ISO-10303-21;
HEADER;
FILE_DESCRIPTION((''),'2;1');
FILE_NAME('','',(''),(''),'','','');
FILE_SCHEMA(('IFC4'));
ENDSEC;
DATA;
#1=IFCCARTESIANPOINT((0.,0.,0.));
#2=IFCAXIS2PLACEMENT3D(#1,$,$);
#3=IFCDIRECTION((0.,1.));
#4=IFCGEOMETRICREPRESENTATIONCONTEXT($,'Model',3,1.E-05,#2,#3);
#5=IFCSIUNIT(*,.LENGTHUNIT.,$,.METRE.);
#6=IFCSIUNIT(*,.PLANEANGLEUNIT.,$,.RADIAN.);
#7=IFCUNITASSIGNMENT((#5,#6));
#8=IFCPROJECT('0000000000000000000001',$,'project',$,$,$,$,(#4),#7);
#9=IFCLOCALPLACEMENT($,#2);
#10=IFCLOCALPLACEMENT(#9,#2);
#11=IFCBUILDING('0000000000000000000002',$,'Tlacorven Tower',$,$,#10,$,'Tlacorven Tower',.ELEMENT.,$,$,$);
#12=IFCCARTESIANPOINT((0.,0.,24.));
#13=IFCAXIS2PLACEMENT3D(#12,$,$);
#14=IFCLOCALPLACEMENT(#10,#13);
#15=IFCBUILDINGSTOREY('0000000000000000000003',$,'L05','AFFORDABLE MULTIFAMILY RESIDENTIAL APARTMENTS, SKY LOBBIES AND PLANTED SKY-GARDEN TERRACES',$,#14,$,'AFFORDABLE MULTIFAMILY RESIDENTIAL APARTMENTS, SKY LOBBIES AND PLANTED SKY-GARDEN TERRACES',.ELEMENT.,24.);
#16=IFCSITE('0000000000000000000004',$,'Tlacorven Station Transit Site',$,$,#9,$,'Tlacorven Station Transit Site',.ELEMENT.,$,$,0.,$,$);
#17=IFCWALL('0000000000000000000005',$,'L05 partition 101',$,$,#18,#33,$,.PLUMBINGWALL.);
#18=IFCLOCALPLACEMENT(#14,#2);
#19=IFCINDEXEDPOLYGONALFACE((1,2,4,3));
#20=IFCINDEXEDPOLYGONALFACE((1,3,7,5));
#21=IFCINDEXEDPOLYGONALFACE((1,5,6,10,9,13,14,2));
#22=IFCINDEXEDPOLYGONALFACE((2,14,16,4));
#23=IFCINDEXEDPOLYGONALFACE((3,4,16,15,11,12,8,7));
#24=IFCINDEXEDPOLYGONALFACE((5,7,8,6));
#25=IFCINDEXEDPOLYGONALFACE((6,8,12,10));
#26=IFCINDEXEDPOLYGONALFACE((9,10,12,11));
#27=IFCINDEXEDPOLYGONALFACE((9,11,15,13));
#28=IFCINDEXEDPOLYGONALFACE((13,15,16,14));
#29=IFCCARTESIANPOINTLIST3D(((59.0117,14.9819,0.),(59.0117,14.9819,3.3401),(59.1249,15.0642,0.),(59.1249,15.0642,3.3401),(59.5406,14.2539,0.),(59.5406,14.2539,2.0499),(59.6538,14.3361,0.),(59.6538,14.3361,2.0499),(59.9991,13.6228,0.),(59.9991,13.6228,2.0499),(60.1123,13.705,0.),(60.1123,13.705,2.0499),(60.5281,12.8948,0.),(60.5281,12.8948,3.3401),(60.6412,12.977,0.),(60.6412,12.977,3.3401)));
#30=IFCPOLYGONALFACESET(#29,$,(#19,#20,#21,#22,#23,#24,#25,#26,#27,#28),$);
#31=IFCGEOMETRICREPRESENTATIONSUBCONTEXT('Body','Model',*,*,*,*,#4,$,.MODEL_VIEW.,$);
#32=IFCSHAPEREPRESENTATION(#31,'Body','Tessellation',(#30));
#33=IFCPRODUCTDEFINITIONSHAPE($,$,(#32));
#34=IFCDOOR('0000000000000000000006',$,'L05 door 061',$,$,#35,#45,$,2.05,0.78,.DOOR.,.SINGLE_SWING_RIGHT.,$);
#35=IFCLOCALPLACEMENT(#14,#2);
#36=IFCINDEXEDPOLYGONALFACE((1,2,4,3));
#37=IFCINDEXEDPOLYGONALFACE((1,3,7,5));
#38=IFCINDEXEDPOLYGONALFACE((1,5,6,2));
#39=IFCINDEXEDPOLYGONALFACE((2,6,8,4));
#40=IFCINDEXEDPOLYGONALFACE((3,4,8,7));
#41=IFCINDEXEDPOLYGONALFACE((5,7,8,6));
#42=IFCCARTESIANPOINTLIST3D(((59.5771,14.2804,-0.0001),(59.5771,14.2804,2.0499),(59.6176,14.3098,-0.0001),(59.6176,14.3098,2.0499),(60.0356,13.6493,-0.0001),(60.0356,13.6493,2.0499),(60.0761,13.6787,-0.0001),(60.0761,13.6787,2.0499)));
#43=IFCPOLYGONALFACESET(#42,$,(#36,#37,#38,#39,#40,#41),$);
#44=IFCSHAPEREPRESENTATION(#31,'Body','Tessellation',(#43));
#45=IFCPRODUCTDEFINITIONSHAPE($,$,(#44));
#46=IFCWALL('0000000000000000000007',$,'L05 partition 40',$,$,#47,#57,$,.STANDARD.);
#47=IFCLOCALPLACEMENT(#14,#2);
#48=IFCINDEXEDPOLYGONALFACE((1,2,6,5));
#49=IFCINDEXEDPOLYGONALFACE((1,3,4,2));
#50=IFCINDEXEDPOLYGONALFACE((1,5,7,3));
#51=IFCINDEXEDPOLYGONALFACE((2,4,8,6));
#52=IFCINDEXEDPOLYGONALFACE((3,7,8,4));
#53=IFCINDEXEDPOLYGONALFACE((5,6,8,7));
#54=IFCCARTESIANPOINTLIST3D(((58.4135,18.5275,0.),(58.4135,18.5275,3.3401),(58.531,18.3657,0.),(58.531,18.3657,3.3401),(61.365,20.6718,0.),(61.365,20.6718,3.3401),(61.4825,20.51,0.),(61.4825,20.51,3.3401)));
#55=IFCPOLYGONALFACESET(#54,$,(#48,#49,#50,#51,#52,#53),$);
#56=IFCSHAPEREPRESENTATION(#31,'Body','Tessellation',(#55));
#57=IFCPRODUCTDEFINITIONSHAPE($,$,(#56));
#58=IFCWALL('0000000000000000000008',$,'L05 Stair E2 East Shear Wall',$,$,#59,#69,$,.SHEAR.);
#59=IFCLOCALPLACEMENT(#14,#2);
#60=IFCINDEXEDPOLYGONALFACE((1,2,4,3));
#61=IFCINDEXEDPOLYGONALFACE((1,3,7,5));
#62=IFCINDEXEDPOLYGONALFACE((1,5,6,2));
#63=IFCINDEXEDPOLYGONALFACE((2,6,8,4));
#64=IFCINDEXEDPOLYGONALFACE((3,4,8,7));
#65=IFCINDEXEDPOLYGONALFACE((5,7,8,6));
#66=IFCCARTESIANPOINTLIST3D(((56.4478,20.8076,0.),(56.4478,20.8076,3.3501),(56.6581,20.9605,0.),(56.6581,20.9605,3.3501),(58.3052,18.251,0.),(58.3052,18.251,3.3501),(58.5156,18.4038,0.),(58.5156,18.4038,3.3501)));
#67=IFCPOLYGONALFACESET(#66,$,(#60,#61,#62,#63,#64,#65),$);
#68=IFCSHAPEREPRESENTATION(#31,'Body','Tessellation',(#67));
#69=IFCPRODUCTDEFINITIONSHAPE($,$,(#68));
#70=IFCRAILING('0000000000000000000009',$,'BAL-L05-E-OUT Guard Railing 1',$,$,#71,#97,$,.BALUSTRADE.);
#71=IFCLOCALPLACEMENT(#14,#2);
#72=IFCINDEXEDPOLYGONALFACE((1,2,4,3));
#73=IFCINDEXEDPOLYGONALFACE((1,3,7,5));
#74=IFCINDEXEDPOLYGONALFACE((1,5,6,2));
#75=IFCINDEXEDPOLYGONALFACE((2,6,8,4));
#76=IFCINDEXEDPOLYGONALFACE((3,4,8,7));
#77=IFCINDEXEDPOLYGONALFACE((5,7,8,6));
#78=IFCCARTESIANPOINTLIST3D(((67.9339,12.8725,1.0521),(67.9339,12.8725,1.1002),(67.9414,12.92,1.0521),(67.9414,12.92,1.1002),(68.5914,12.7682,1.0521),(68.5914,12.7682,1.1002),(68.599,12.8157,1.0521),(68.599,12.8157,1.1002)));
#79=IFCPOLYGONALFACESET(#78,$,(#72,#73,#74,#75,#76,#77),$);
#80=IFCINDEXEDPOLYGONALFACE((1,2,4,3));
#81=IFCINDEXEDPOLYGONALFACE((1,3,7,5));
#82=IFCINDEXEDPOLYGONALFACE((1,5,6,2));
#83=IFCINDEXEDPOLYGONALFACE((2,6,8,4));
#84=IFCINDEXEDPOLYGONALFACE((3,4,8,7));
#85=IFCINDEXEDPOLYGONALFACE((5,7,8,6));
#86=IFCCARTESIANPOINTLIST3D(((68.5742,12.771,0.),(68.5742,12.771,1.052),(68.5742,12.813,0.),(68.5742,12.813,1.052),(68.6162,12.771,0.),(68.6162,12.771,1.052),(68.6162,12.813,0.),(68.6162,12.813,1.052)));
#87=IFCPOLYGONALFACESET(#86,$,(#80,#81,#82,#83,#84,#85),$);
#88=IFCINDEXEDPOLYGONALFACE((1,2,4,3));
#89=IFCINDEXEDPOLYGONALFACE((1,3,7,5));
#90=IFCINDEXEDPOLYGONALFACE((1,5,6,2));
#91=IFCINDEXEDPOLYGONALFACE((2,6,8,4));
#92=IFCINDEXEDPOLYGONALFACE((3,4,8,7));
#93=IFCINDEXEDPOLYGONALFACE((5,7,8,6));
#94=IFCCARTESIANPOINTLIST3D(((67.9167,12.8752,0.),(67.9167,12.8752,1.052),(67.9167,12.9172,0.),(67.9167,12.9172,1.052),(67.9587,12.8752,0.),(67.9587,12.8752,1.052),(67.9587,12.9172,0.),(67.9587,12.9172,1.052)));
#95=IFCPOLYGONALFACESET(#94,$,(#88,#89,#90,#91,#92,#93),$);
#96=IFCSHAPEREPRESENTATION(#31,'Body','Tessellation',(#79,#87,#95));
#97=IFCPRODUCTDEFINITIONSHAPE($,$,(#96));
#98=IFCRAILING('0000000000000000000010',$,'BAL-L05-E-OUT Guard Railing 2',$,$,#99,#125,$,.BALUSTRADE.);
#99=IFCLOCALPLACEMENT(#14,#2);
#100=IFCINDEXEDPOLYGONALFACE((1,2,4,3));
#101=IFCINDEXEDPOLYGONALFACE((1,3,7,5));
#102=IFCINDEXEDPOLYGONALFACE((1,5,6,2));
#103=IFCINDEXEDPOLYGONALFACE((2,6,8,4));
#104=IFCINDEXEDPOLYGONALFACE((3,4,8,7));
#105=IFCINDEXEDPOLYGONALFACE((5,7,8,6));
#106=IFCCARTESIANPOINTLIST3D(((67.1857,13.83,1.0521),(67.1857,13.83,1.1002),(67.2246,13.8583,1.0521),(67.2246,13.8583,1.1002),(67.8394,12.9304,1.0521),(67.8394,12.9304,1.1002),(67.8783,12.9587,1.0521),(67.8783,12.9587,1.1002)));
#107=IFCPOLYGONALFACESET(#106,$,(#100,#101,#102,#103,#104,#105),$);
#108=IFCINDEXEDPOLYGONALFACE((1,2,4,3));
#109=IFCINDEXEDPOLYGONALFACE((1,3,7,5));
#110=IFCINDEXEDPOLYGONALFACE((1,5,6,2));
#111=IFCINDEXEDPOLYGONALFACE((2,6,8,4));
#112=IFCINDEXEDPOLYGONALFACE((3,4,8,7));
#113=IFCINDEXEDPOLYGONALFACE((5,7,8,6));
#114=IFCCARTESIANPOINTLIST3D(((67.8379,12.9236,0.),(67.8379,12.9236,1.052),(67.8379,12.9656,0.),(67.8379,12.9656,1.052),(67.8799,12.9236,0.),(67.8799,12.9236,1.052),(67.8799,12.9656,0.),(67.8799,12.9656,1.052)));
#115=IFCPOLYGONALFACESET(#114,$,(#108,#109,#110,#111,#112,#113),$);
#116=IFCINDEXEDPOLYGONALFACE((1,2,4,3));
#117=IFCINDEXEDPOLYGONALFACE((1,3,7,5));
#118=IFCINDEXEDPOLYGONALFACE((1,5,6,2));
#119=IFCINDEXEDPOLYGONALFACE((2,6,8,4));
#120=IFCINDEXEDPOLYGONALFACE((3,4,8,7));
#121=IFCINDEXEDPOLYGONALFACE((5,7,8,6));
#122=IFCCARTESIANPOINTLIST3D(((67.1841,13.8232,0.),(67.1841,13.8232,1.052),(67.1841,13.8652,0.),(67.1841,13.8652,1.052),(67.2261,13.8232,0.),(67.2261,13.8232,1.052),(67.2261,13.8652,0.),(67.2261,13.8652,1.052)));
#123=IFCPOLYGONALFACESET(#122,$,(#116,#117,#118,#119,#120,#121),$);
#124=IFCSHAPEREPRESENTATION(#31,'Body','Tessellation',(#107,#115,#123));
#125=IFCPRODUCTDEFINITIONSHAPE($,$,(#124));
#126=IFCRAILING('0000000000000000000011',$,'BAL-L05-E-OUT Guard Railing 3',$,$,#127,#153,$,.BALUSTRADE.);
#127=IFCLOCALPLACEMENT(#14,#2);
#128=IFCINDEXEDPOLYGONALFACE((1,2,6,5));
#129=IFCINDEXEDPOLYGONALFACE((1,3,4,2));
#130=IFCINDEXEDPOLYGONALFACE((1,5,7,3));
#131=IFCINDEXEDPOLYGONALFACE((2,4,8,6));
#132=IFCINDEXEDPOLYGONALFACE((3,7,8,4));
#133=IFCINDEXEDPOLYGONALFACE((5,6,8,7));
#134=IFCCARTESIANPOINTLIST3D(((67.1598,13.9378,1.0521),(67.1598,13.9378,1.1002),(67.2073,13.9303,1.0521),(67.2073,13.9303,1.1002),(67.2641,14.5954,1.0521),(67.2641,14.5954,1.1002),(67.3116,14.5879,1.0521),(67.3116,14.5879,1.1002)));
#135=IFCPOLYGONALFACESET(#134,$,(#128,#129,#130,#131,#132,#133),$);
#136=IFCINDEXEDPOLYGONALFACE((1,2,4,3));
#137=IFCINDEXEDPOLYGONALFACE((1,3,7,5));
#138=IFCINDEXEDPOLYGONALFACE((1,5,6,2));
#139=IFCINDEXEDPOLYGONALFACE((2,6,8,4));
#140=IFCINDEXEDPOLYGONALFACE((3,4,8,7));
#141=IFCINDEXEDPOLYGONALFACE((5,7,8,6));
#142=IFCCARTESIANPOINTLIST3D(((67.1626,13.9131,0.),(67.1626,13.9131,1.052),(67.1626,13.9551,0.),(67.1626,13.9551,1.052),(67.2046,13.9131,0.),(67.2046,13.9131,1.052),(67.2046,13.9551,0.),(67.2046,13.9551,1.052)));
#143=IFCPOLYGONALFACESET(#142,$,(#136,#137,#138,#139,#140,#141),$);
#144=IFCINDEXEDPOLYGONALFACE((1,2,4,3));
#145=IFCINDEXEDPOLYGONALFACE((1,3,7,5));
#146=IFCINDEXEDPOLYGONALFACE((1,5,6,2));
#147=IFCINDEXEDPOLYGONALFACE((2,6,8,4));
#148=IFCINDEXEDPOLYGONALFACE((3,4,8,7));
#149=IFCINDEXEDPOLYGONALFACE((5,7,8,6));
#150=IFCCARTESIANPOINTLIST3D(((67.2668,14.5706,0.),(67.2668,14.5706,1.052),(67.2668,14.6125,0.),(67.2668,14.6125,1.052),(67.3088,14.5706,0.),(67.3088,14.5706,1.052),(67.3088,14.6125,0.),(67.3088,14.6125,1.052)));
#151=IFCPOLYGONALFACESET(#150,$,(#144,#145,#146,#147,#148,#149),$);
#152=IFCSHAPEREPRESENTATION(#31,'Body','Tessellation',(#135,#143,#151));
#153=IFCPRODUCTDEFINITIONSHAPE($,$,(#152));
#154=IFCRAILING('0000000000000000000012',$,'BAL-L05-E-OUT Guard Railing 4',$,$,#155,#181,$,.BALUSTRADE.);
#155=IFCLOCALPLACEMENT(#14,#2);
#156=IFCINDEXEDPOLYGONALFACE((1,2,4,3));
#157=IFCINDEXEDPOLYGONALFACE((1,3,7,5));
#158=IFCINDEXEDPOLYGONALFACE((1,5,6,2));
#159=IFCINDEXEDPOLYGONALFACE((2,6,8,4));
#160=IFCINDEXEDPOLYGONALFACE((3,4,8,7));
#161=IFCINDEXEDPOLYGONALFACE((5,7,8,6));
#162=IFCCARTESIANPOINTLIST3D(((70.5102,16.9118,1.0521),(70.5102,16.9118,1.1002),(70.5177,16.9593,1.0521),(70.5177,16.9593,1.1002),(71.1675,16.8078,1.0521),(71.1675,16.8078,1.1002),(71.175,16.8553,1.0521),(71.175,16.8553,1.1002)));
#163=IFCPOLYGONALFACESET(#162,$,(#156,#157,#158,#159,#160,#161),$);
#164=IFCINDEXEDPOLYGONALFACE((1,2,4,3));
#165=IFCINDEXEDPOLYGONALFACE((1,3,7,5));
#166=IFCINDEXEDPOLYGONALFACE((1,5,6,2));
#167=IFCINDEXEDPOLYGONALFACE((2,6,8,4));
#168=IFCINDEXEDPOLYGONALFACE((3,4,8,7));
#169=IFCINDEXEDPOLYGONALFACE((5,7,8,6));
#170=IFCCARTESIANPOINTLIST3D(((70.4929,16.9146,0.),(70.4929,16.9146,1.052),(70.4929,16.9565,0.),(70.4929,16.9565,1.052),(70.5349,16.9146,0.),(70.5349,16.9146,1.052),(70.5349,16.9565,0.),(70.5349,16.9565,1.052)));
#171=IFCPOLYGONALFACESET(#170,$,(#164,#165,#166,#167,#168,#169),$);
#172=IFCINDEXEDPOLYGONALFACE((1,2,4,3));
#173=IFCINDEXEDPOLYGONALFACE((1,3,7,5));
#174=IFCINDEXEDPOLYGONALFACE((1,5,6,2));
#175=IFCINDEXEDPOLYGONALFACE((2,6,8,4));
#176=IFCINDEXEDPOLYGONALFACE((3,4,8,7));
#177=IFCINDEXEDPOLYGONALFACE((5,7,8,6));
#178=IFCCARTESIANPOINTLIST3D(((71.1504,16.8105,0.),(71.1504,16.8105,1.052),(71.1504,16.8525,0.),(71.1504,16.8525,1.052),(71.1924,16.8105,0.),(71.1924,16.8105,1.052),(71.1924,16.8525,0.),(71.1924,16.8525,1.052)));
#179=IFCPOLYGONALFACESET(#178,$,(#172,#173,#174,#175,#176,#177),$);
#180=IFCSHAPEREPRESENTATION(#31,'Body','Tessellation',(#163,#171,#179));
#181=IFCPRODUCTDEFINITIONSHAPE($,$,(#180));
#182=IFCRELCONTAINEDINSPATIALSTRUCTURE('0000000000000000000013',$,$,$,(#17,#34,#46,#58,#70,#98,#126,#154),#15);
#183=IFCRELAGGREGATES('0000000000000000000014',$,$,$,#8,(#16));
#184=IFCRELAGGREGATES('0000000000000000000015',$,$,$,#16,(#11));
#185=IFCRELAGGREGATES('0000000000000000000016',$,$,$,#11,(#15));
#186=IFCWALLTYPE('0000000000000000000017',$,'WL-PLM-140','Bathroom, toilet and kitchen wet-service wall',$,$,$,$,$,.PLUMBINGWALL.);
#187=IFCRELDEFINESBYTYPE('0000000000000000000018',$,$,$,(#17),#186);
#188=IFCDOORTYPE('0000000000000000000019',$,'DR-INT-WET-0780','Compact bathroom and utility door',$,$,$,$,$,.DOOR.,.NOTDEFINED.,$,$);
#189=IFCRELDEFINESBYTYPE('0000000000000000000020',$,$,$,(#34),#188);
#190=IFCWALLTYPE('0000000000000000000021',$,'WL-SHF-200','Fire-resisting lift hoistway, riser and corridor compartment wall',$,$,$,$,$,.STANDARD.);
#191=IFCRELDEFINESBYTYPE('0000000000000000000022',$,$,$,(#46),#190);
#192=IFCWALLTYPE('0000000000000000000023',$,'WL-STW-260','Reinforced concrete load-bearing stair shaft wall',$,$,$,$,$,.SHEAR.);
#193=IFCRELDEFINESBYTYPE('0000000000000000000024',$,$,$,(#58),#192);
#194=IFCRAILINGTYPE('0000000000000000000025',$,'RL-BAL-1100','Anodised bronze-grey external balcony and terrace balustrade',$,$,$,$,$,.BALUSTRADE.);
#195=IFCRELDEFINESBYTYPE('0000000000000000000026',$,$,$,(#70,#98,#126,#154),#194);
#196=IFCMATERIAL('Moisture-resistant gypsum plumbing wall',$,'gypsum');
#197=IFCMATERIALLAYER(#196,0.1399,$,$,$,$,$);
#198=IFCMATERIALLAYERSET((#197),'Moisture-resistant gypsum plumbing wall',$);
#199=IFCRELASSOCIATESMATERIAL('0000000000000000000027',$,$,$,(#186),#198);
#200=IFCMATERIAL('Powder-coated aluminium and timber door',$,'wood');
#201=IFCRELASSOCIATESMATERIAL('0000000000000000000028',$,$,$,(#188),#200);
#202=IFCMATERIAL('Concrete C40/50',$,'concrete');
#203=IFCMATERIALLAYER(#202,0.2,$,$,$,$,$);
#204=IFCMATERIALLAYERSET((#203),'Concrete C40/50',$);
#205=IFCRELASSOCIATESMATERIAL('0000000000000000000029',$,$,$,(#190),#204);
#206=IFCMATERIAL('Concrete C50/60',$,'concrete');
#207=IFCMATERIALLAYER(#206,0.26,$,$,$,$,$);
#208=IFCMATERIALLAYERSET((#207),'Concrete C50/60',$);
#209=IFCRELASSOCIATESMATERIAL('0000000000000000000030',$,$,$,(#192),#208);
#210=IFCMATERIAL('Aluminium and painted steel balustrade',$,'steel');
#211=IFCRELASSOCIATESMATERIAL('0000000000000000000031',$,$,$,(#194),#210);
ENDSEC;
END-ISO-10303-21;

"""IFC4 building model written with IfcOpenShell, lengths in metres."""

from ifc_helpers import new_model, si_unit, direction, frame, frame_2d, origin, origin_2d, place, context, subcontext, project, spatial, rectangle, extrude, source, transform, mapped, material, layer, layer_set, type_object, element, fill, save


model = new_model("IFC4")

# Units and contexts
model_context = context("Model", 3, precision=1e-05, world=origin(), true_north=direction((0.0, 1.0)))
body_context = subcontext(model_context, "Body", "Model", "MODEL_VIEW")
ifc_project = project(units=[si_unit("LENGTHUNIT", "METRE"), si_unit("PLANEANGLEUNIT", "RADIAN")], contexts=[model_context])

# Site, building, storey
site_placement = place(None, origin())
site = spatial("IfcSite", under=ifc_project, at=site_placement, Name="Tlacorven Station Transit Site", LongName="Tlacorven Station Transit Site", CompositionType="ELEMENT", RefElevation=0.0)
building_placement = place(site_placement, origin())
building = spatial("IfcBuilding", under=site, at=building_placement, Name="Tlacorven Tower", LongName="Tlacorven Tower", CompositionType="ELEMENT")
storey_placement = place(building_placement, frame((0.0, 0.0, 24.0)))
storey = spatial("IfcBuildingStorey", under=building, at=storey_placement, Name="L05", Description="AFFORDABLE MULTIFAMILY RESIDENTIAL APARTMENTS, SKY LOBBIES AND PLANTED SKY-GARDEN TERRACES", LongName="AFFORDABLE MULTIFAMILY RESIDENTIAL APARTMENTS, SKY LOBBIES AND PLANTED SKY-GARDEN TERRACES", CompositionType="ELEMENT", Elevation=24.0)

# Shared definitions
ifc_material_1 = material(Name="Powder-coated aluminium and timber door", Category="wood")

# Wall, opening, door
ifc_material_2 = material(Name="Moisture-resistant gypsum plumbing wall", Category="gypsum")
ifc_layer_1 = layer(ifc_material_2, 0.1399)
ifc_layer_set_1 = layer_set([ifc_layer_1], Name="Moisture-resistant gypsum plumbing wall")
wall_type_1 = type_object("IfcWallType", Name="WL-PLM-140", Description="Bathroom, toilet and kitchen wet-service wall", PredefinedType="PLUMBINGWALL", material=ifc_layer_set_1)
wall_1_placement = place(storey_placement, frame((60.5847, 12.9358, 0.0), z_axis=(0.0, 0.0, 1.0), x_axis=(-0.587772, 0.809027, 0.0)))
wall_1 = element("IfcWall", 1, at=wall_1_placement, inside=storey, type_object=wall_type_1, Name="L05 partition 101", PredefinedType="PLUMBINGWALL", context=body_context, shape_type="SweptSolid", body=[
    extrude(rectangle(XDim=2.5798, YDim=0.1399, at=frame_2d((1.29, 0.0))), origin(), (0.0, 0.0, 1.0), 3.3401),
])
opening_1_placement = place(wall_1_placement, frame((0.8999, 0.0, 0.0)))
opening_1 = element("IfcOpeningElement", 2, at=opening_1_placement, cuts=wall_1, PredefinedType="OPENING", context=body_context, shape_type="SweptSolid", body=[
    extrude(rectangle(XDim=0.78, YDim=2.05, at=frame_2d((0.3901, 1.0249))), frame((0.0, 0.0801, 0.0), z_axis=(0.0, -1.0, 0.0), x_axis=(1.0, 0.0, 0.0)), (0.0, 0.0, 1.0), 0.1599),
])
door_type_1 = type_object("IfcDoorType", Name="DR-INT-WET-0780", Description="Compact bathroom and utility door", OperationType="NOTDEFINED", PredefinedType="DOOR", material=ifc_material_1)
shared_shape_1 = source(origin(), body_context, "Body", "SweptSolid", [
    extrude(rectangle(XDim=0.78, YDim=2.05, at=frame_2d((0.3901, 1.0249))), frame((0.0, 0.0249, 0.0), z_axis=(0.0, -1.0, 0.0), x_axis=(1.0, 0.0, 0.0)), (0.0, 0.0, 1.0), 0.05),
])
door_1_placement = place(opening_1_placement, origin())
door_1 = element("IfcDoor", 3, at=door_1_placement, inside=storey, type_object=door_type_1, Name="L05 door 061", OperationType="SINGLE_SWING_RIGHT", OverallHeight=2.05, OverallWidth=0.78, PredefinedType="DOOR", context=body_context, shape_type="MappedRepresentation", body=[
    mapped(shared_shape_1, transform((0.0, 0.0, 0.0), scale=1.0)),
])
fill(opening_1, door_1)

# Walls
ifc_material_3 = material(Name="Concrete C40/50", Category="concrete")
ifc_layer_2 = layer(ifc_material_3, 0.2)
ifc_layer_set_2 = layer_set([ifc_layer_2], Name="Concrete C40/50")
wall_type_2 = type_object("IfcWallType", Name="WL-SHF-200", Description="Fire-resisting lift hoistway, riser and corridor compartment wall", PredefinedType="STANDARD", material=ifc_layer_set_2)
wall_2_placement = place(storey_placement, frame((58.4722, 18.4465, 0.0), z_axis=(0.0, 0.0, 1.0), x_axis=(0.809022, 0.587778, 0.0)))
element("IfcWall", 4, at=wall_2_placement, inside=storey, type_object=wall_type_2, Name="L05 partition 40", PredefinedType="STANDARD", context=body_context, shape_type="SweptSolid", body=[
    extrude(rectangle(XDim=3.6482, YDim=0.2, at=frame_2d((1.8242, 0.0))), origin(), (0.0, 0.0, 1.0), 3.3401),
])
ifc_material_4 = material(Name="Concrete C50/60", Category="concrete")
ifc_layer_3 = layer(ifc_material_4, 0.26)
ifc_layer_set_3 = layer_set([ifc_layer_3], Name="Concrete C50/60")
wall_type_3 = type_object("IfcWallType", Name="WL-STW-260", Description="Reinforced concrete load-bearing stair shaft wall", PredefinedType="SHEAR", material=ifc_layer_set_3)
wall_3_placement = place(storey_placement, frame((58.4104, 18.3274, 0.0), z_axis=(0.0, 0.0, 1.0), x_axis=(-0.587767, 0.80903, 0.0)))
element("IfcWall", 5, at=wall_3_placement, inside=storey, type_object=wall_type_3, Name="L05 Stair E2 East Shear Wall", PredefinedType="SHEAR", context=body_context, shape_type="SweptSolid", body=[
    extrude(rectangle(XDim=3.1602, YDim=0.26, at=frame_2d((1.5801, 0.0))), origin(), (0.0, 0.0, 1.0), 3.3501),
])

# Railings
ifc_material_5 = material(Name="Aluminium and painted steel balustrade", Category="steel")
railing_type = type_object("IfcRailingType", Name="RL-BAL-1100", Description="Anodised bronze-grey external balcony and terrace balustrade", PredefinedType="BALUSTRADE", material=ifc_material_5)
shared_shape_2 = source(origin(), body_context, "Body", "SweptSolid", [
    extrude(rectangle(XDim=0.0481, YDim=0.0481, at=origin_2d()), frame((0.0, 0.0, 1.0762), z_axis=(-0.987662, 0.156603, 0.0), x_axis=(-0.156603, -0.987662, 0.0)), (0.0, 0.0, 1.0), 0.6658),
    extrude(rectangle(XDim=0.042, YDim=0.042, at=origin_2d()), origin(), (0.0, 0.0, 1.0), 1.052),
    extrude(rectangle(XDim=0.042, YDim=0.042, at=origin_2d()), frame((-0.6575, 0.1042, 0.0)), (0.0, 0.0, 1.0), 1.052),
])
railing_1_placement = place(storey_placement, frame((68.5952, 12.792, 0.0)))
element("IfcRailing", 6, at=railing_1_placement, inside=storey, type_object=railing_type, Name="BAL-L05-E-OUT Guard Railing 1", PredefinedType="BALUSTRADE", context=body_context, shape_type="MappedRepresentation", body=[
    mapped(shared_shape_2, transform((0.0, 0.0, 0.0), scale=1.0)),
])
shared_shape_3 = source(origin(), body_context, "Body", "SweptSolid", [
    extrude(rectangle(XDim=0.0481, YDim=0.0481, at=origin_2d()), frame((0.0, 0.0, 1.0762), z_axis=(-0.587884, 0.808945, 0.0), x_axis=(-0.808945, -0.587884, 0.0)), (0.0, 0.0, 1.0), 1.1121),
    extrude(rectangle(XDim=0.042, YDim=0.042, at=origin_2d()), origin(), (0.0, 0.0, 1.0), 1.052),
    extrude(rectangle(XDim=0.042, YDim=0.042, at=origin_2d()), frame((-0.6538, 0.8997, 0.0)), (0.0, 0.0, 1.0), 1.052),
])
railing_2_placement = place(storey_placement, frame((67.8589, 12.9446, 0.0)))
element("IfcRailing", 7, at=railing_2_placement, inside=storey, type_object=railing_type, Name="BAL-L05-E-OUT Guard Railing 2", PredefinedType="BALUSTRADE", context=body_context, shape_type="MappedRepresentation", body=[
    mapped(shared_shape_3, transform((0.0, 0.0, 0.0), scale=1.0)),
])
shared_shape_4 = source(origin(), body_context, "Body", "SweptSolid", [
    extrude(rectangle(XDim=0.0481, YDim=0.0481, at=origin_2d()), frame((0.0, 0.0, 1.0762), z_axis=(0.156603, 0.987662, 0.0), x_axis=(-0.987662, 0.156603, 0.0)), (0.0, 0.0, 1.0), 0.6658),
    extrude(rectangle(XDim=0.042, YDim=0.042, at=origin_2d()), origin(), (0.0, 0.0, 1.0), 1.052),
    extrude(rectangle(XDim=0.042, YDim=0.042, at=origin_2d()), frame((0.1042, 0.6575, 0.0)), (0.0, 0.0, 1.0), 1.052),
])
railing_3_placement = place(storey_placement, frame((67.1836, 13.9341, 0.0)))
element("IfcRailing", 8, at=railing_3_placement, inside=storey, type_object=railing_type, Name="BAL-L05-E-OUT Guard Railing 3", PredefinedType="BALUSTRADE", context=body_context, shape_type="MappedRepresentation", body=[
    mapped(shared_shape_4, transform((0.0, 0.0, 0.0), scale=1.0)),
])
shared_shape_5 = source(origin(), body_context, "Body", "SweptSolid", [
    extrude(rectangle(XDim=0.0481, YDim=0.0481, at=origin_2d()), frame((0.0, 0.0, 1.0762), z_axis=(0.987718, -0.156245, 0.0), x_axis=(0.156245, 0.987718, 0.0)), (0.0, 0.0, 1.0), 0.6655),
    extrude(rectangle(XDim=0.042, YDim=0.042, at=origin_2d()), origin(), (0.0, 0.0, 1.0), 1.052),
    extrude(rectangle(XDim=0.042, YDim=0.042, at=origin_2d()), frame((0.6575, -0.104, 0.0)), (0.0, 0.0, 1.0), 1.052),
])
railing_4_placement = place(storey_placement, frame((70.5139, 16.9355, 0.0)))
element("IfcRailing", 9, at=railing_4_placement, inside=storey, type_object=railing_type, Name="BAL-L05-E-OUT Guard Railing 4", PredefinedType="BALUSTRADE", context=body_context, shape_type="MappedRepresentation", body=[
    mapped(shared_shape_5, transform((0.0, 0.0, 0.0), scale=1.0)),
])

save(model, "model.ifc")
